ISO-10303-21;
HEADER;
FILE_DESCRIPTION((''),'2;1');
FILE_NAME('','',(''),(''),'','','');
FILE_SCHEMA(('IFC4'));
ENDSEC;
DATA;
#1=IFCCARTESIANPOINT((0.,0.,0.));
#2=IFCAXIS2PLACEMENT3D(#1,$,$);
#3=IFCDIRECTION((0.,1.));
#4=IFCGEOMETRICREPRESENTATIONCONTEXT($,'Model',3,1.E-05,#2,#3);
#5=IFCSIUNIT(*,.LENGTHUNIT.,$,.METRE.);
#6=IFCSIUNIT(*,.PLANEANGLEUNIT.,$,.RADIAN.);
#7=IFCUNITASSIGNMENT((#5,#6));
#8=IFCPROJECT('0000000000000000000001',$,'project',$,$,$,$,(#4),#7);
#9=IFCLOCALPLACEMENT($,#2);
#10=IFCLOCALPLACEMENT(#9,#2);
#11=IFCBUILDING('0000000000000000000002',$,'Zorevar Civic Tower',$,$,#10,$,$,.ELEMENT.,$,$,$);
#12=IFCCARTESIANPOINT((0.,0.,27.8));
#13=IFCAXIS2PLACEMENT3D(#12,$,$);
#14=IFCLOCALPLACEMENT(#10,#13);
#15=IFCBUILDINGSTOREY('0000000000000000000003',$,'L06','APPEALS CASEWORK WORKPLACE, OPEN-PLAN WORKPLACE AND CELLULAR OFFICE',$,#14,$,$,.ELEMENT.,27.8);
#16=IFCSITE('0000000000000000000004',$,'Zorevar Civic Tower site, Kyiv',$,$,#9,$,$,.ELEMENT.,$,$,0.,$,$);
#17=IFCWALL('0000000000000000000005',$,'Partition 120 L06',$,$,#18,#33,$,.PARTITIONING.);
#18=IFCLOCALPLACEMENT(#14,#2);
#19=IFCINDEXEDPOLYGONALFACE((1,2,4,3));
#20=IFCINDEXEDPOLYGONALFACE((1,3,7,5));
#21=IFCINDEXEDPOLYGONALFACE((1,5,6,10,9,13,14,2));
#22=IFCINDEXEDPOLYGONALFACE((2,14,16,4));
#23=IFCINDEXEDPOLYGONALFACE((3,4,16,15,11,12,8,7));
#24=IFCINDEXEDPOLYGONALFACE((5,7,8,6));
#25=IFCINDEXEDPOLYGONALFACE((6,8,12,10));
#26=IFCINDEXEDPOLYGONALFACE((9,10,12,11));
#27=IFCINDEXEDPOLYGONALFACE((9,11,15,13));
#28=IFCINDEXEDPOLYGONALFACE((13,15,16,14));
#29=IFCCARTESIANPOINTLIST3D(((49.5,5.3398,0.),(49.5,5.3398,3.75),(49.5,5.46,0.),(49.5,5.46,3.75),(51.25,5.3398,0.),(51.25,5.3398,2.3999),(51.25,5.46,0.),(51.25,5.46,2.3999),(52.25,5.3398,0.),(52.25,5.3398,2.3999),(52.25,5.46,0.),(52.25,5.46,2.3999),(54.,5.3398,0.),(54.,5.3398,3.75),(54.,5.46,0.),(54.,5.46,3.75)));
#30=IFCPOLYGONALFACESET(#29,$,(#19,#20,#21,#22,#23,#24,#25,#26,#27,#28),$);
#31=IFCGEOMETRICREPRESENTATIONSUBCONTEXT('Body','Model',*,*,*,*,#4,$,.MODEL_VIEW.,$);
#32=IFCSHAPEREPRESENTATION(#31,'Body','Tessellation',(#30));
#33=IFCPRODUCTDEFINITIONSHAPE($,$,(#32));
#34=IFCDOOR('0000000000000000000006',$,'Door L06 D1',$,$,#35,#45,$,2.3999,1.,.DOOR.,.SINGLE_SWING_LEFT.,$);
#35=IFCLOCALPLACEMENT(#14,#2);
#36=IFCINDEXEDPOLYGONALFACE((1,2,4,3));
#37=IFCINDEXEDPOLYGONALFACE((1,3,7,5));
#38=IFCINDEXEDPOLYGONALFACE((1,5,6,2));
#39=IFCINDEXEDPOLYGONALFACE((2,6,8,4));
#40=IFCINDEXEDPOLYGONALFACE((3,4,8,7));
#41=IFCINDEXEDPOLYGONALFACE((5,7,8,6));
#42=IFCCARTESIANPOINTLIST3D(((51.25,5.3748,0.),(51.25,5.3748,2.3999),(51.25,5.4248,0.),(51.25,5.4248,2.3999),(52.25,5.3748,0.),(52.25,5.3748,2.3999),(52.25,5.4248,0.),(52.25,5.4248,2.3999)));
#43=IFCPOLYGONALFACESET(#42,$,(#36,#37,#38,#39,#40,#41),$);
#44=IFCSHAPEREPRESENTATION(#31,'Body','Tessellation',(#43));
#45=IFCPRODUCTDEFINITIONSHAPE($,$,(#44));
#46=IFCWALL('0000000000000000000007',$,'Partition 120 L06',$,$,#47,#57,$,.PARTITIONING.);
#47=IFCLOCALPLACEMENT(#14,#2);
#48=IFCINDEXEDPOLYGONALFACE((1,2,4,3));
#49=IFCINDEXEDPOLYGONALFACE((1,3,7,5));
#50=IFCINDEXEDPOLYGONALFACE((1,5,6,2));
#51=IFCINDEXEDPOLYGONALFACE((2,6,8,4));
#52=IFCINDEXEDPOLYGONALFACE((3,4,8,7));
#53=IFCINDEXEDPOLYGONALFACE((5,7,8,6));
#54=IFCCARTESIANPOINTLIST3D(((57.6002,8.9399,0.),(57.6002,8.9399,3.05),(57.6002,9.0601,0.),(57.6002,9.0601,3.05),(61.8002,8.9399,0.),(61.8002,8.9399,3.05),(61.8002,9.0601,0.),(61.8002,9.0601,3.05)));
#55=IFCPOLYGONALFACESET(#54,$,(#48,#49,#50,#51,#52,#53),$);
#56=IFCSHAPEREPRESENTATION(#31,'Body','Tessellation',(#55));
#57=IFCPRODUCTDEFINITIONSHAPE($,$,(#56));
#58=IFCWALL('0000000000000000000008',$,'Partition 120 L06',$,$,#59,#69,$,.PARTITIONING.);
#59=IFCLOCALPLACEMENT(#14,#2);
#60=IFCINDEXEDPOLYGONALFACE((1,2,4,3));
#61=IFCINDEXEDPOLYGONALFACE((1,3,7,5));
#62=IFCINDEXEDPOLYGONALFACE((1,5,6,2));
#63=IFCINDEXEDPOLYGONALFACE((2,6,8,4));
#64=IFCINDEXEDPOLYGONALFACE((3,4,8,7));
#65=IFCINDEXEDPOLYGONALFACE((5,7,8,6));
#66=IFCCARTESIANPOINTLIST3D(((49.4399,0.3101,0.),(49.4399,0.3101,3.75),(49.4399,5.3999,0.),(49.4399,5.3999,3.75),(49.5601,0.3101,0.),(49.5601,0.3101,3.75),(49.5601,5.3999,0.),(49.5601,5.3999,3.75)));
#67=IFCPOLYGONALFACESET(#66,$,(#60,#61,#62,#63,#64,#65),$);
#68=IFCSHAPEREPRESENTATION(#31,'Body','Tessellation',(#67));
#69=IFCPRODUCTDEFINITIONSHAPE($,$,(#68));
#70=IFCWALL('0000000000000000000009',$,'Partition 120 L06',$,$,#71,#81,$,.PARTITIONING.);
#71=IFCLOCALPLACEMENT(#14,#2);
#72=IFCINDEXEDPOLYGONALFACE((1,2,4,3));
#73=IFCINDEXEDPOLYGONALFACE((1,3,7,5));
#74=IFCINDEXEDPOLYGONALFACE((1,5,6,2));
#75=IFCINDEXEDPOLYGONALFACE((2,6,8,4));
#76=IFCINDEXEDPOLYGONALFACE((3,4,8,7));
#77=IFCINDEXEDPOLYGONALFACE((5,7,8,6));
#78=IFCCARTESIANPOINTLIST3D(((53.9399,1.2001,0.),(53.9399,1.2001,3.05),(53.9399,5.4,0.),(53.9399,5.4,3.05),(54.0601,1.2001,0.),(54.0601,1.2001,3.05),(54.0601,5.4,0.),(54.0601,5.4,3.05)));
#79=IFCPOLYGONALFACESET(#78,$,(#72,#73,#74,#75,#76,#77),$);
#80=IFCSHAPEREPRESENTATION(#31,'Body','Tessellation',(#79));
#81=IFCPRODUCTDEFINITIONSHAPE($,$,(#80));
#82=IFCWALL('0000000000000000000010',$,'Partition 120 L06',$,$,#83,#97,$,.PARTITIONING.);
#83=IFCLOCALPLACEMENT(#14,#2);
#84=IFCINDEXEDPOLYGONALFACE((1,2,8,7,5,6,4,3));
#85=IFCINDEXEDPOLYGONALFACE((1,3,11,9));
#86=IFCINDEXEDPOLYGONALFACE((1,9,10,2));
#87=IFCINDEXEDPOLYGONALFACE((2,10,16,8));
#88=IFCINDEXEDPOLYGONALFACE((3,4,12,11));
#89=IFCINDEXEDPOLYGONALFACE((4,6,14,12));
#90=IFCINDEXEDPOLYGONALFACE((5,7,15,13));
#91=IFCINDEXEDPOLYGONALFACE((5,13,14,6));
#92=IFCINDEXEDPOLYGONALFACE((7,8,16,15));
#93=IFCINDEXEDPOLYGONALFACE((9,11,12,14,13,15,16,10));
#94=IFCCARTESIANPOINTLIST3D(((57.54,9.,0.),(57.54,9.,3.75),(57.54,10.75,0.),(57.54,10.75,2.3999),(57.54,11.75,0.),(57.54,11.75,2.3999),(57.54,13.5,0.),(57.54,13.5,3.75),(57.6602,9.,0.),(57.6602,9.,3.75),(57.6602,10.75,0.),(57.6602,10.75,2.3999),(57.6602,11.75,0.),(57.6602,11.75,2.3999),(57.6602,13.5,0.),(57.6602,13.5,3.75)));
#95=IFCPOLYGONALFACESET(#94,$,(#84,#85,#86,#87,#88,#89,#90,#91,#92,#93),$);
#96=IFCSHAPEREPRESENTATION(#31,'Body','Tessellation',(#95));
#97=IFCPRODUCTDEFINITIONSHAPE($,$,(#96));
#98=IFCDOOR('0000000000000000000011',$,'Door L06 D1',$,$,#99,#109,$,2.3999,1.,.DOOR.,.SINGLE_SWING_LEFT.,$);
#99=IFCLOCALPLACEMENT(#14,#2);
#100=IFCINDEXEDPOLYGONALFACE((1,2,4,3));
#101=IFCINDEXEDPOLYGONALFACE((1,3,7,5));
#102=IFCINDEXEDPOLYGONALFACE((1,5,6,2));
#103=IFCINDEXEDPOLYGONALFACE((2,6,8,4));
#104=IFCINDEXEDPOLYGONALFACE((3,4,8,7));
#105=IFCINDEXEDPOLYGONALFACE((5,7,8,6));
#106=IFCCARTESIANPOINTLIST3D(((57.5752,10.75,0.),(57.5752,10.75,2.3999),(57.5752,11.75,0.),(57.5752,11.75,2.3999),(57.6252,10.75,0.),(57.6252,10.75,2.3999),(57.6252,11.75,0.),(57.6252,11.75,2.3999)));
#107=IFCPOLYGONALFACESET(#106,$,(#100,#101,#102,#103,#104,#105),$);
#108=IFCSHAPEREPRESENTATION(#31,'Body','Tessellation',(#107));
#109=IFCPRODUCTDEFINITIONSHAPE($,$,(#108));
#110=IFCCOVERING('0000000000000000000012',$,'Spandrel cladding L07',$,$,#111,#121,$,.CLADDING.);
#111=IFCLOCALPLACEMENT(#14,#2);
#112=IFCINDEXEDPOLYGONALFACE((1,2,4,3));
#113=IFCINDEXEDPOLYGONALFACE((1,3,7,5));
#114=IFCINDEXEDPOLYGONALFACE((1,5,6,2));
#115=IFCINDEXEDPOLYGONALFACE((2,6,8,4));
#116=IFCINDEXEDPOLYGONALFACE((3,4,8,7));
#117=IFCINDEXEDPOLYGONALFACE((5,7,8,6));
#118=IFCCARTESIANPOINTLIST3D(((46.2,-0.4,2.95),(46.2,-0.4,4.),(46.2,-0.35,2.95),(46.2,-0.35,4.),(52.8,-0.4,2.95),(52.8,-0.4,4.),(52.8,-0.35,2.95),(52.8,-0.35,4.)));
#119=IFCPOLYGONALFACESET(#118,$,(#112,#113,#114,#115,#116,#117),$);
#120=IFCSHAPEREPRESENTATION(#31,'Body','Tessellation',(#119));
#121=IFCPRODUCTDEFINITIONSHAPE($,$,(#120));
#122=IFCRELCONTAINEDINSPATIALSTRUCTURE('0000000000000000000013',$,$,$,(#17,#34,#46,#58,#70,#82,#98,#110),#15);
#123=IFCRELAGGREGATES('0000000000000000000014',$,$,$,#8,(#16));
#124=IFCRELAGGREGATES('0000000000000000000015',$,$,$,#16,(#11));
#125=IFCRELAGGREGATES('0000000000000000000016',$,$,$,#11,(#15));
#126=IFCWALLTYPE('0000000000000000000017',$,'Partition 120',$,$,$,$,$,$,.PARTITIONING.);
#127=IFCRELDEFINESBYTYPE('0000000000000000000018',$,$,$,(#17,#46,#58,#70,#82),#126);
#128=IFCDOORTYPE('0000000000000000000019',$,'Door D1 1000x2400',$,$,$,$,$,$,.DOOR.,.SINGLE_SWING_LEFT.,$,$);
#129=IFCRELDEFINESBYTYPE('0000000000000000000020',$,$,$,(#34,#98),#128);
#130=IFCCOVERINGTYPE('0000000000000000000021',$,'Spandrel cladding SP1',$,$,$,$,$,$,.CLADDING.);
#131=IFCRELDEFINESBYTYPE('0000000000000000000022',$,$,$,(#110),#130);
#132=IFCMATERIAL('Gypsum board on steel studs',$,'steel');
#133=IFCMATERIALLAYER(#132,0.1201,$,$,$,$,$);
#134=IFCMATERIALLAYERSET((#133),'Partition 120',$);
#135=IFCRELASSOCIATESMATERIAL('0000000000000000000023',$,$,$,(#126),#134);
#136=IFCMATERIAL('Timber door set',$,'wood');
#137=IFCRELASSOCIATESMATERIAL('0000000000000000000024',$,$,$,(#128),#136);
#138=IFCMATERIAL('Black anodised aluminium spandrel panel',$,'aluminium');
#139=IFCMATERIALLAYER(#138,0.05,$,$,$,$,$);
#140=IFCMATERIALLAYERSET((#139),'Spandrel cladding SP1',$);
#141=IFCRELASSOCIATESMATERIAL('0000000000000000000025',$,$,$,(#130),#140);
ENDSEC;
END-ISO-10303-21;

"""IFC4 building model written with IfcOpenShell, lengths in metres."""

from ifc_helpers import new_model, si_unit, direction, frame, frame_2d, origin, place, context, subcontext, project, spatial, rectangle, extrude, material, layer, layer_set, type_object, element, fill, save


model = new_model("IFC4")

# Units and contexts
model_context = context("Model", 3, precision=1e-05, world=origin(), true_north=direction((0.0, 1.0)))
body_context = subcontext(model_context, "Body", "Model", "MODEL_VIEW")
ifc_project = project(units=[si_unit("LENGTHUNIT", "METRE"), si_unit("PLANEANGLEUNIT", "RADIAN")], contexts=[model_context])

# Site, building, storey
site_placement = place(None, origin())
site = spatial("IfcSite", under=ifc_project, at=site_placement, Name="Zorevar Civic Tower site, Kyiv", CompositionType="ELEMENT", RefElevation=0.0)
building_placement = place(site_placement, origin())
building = spatial("IfcBuilding", under=site, at=building_placement, Name="Zorevar Civic Tower", CompositionType="ELEMENT")
storey_placement = place(building_placement, frame((0.0, 0.0, 27.8)))
storey = spatial("IfcBuildingStorey", under=building, at=storey_placement, Name="L06", Description="APPEALS CASEWORK WORKPLACE, OPEN-PLAN WORKPLACE AND CELLULAR OFFICE", CompositionType="ELEMENT", Elevation=27.8)

# Wall, opening, door
ifc_material_1 = material(Name="Gypsum board on steel studs", Category="steel")
ifc_layer_1 = layer(ifc_material_1, 0.1201)
ifc_layer_set_1 = layer_set([ifc_layer_1], Name="Partition 120")
wall_type = type_object("IfcWallType", Name="Partition 120", PredefinedType="PARTITIONING", material=ifc_layer_set_1)
wall_1_placement = place(storey_placement, frame((49.5, 5.3999, 0.0), z_axis=(0.0, 0.0, 1.0), x_axis=(1.0, 0.0, 0.0)))
wall_1 = element("IfcWall", 1, at=wall_1_placement, inside=storey, type_object=wall_type, Name="Partition 120 L06", PredefinedType="PARTITIONING", context=body_context, shape_type="SweptSolid", body=[
    extrude(rectangle(XDim=4.5, YDim=0.1201, at=frame_2d((2.25, 0.0))), origin(), (0.0, 0.0, 1.0), 3.75),
])
opening_1_placement = place(wall_1_placement, frame((1.75, 0.0, 0.0)))
opening_1 = element("IfcOpeningElement", 2, at=opening_1_placement, cuts=wall_1, PredefinedType="OPENING", context=body_context, shape_type="SweptSolid", body=[
    extrude(rectangle(XDim=1.0, YDim=2.3999, at=frame_2d((0.5, 1.2))), frame((0.0, 0.0701, 0.0), z_axis=(0.0, -1.0, 0.0), x_axis=(1.0, 0.0, 0.0)), (0.0, 0.0, 1.0), 0.1401),
])
ifc_material_2 = material(Name="Timber door set", Category="wood")
door_type = type_object("IfcDoorType", Name="Door D1 1000x2400", OperationType="SINGLE_SWING_LEFT", PredefinedType="DOOR", material=ifc_material_2)
door_1_placement = place(opening_1_placement, origin())
door_1 = element("IfcDoor", 3, at=door_1_placement, inside=storey, type_object=door_type, Name="Door L06 D1", OperationType="SINGLE_SWING_LEFT", OverallHeight=2.3999, OverallWidth=1.0, PredefinedType="DOOR", context=body_context, shape_type="SweptSolid", body=[
    extrude(rectangle(XDim=1.0, YDim=2.3999, at=frame_2d((0.5, 1.2))), frame((0.0, 0.0249, 0.0), z_axis=(0.0, -1.0, 0.0), x_axis=(1.0, 0.0, 0.0)), (0.0, 0.0, 1.0), 0.05),
])
fill(opening_1, door_1)

# Walls
wall_2_placement = place(storey_placement, frame((57.6001, 9.0, 0.0), z_axis=(0.0, 0.0, 1.0), x_axis=(1.0, 0.0, 0.0)))
element("IfcWall", 4, at=wall_2_placement, inside=storey, type_object=wall_type, Name="Partition 120 L06", PredefinedType="PARTITIONING", context=body_context, shape_type="SweptSolid", body=[
    extrude(rectangle(XDim=4.2, YDim=0.1201, at=frame_2d((2.1001, 0.0))), origin(), (0.0, 0.0, 1.0), 3.05),
])
wall_3_placement = place(storey_placement, frame((49.5, 0.3101, 0.0), z_axis=(0.0, 0.0, 1.0), x_axis=(0.0, 1.0, 0.0)))
element("IfcWall", 5, at=wall_3_placement, inside=storey, type_object=wall_type, Name="Partition 120 L06", PredefinedType="PARTITIONING", context=body_context, shape_type="SweptSolid", body=[
    extrude(rectangle(XDim=5.0898, YDim=0.1201, at=frame_2d((2.5449, 0.0))), origin(), (0.0, 0.0, 1.0), 3.75),
])
wall_4_placement = place(storey_placement, frame((54.0, 1.2, 0.0), z_axis=(0.0, 0.0, 1.0), x_axis=(0.0, 1.0, 0.0)))
element("IfcWall", 6, at=wall_4_placement, inside=storey, type_object=wall_type, Name="Partition 120 L06", PredefinedType="PARTITIONING", context=body_context, shape_type="SweptSolid", body=[
    extrude(rectangle(XDim=4.2, YDim=0.1201, at=frame_2d((2.1001, 0.0))), origin(), (0.0, 0.0, 1.0), 3.05),
])

# Wall, opening, door
wall_5_placement = place(storey_placement, frame((57.6001, 9.0, 0.0), z_axis=(0.0, 0.0, 1.0), x_axis=(0.0, 1.0, 0.0)))
wall_5 = element("IfcWall", 7, at=wall_5_placement, inside=storey, type_object=wall_type, Name="Partition 120 L06", PredefinedType="PARTITIONING", context=body_context, shape_type="SweptSolid", body=[
    extrude(rectangle(XDim=4.5, YDim=0.1201, at=frame_2d((2.25, 0.0))), origin(), (0.0, 0.0, 1.0), 3.75),
])
opening_2_placement = place(wall_5_placement, frame((1.75, 0.0, 0.0)))
opening_2 = element("IfcOpeningElement", 8, at=opening_2_placement, cuts=wall_5, PredefinedType="OPENING", context=body_context, shape_type="SweptSolid", body=[
    extrude(rectangle(XDim=1.0, YDim=2.3999, at=frame_2d((0.5, 1.2))), frame((0.0, 0.0701, 0.0), z_axis=(0.0, -1.0, 0.0), x_axis=(1.0, 0.0, 0.0)), (0.0, 0.0, 1.0), 0.1401),
])
door_2_placement = place(opening_2_placement, origin())
door_2 = element("IfcDoor", 9, at=door_2_placement, inside=storey, type_object=door_type, Name="Door L06 D1", OperationType="SINGLE_SWING_LEFT", OverallHeight=2.3999, OverallWidth=1.0, PredefinedType="DOOR", context=body_context, shape_type="SweptSolid", body=[
    extrude(rectangle(XDim=1.0, YDim=2.3999, at=frame_2d((0.5, 1.2))), frame((0.0, 0.0249, 0.0), z_axis=(0.0, -1.0, 0.0), x_axis=(1.0, 0.0, 0.0)), (0.0, 0.0, 1.0), 0.05),
])
fill(opening_2, door_2)

# Covering
ifc_material_3 = material(Name="Black anodised aluminium spandrel panel", Category="aluminium")
ifc_layer_2 = layer(ifc_material_3, 0.05)
ifc_layer_set_2 = layer_set([ifc_layer_2], Name="Spandrel cladding SP1")
covering_type = type_object("IfcCoveringType", Name="Spandrel cladding SP1", PredefinedType="CLADDING", material=ifc_layer_set_2)
covering_placement = place(storey_placement, frame((46.2, -0.375, 2.95), z_axis=(0.0, 0.0, 1.0), x_axis=(1.0, 0.0, 0.0)))
element("IfcCovering", 10, at=covering_placement, inside=storey, type_object=covering_type, Name="Spandrel cladding L07", PredefinedType="CLADDING", context=body_context, shape_type="SweptSolid", body=[
    extrude(rectangle(XDim=6.6001, YDim=0.05, at=frame_2d((3.3, 0.0))), origin(), (0.0, 0.0, 1.0), 1.05),
])

save(model, "model.ifc")
